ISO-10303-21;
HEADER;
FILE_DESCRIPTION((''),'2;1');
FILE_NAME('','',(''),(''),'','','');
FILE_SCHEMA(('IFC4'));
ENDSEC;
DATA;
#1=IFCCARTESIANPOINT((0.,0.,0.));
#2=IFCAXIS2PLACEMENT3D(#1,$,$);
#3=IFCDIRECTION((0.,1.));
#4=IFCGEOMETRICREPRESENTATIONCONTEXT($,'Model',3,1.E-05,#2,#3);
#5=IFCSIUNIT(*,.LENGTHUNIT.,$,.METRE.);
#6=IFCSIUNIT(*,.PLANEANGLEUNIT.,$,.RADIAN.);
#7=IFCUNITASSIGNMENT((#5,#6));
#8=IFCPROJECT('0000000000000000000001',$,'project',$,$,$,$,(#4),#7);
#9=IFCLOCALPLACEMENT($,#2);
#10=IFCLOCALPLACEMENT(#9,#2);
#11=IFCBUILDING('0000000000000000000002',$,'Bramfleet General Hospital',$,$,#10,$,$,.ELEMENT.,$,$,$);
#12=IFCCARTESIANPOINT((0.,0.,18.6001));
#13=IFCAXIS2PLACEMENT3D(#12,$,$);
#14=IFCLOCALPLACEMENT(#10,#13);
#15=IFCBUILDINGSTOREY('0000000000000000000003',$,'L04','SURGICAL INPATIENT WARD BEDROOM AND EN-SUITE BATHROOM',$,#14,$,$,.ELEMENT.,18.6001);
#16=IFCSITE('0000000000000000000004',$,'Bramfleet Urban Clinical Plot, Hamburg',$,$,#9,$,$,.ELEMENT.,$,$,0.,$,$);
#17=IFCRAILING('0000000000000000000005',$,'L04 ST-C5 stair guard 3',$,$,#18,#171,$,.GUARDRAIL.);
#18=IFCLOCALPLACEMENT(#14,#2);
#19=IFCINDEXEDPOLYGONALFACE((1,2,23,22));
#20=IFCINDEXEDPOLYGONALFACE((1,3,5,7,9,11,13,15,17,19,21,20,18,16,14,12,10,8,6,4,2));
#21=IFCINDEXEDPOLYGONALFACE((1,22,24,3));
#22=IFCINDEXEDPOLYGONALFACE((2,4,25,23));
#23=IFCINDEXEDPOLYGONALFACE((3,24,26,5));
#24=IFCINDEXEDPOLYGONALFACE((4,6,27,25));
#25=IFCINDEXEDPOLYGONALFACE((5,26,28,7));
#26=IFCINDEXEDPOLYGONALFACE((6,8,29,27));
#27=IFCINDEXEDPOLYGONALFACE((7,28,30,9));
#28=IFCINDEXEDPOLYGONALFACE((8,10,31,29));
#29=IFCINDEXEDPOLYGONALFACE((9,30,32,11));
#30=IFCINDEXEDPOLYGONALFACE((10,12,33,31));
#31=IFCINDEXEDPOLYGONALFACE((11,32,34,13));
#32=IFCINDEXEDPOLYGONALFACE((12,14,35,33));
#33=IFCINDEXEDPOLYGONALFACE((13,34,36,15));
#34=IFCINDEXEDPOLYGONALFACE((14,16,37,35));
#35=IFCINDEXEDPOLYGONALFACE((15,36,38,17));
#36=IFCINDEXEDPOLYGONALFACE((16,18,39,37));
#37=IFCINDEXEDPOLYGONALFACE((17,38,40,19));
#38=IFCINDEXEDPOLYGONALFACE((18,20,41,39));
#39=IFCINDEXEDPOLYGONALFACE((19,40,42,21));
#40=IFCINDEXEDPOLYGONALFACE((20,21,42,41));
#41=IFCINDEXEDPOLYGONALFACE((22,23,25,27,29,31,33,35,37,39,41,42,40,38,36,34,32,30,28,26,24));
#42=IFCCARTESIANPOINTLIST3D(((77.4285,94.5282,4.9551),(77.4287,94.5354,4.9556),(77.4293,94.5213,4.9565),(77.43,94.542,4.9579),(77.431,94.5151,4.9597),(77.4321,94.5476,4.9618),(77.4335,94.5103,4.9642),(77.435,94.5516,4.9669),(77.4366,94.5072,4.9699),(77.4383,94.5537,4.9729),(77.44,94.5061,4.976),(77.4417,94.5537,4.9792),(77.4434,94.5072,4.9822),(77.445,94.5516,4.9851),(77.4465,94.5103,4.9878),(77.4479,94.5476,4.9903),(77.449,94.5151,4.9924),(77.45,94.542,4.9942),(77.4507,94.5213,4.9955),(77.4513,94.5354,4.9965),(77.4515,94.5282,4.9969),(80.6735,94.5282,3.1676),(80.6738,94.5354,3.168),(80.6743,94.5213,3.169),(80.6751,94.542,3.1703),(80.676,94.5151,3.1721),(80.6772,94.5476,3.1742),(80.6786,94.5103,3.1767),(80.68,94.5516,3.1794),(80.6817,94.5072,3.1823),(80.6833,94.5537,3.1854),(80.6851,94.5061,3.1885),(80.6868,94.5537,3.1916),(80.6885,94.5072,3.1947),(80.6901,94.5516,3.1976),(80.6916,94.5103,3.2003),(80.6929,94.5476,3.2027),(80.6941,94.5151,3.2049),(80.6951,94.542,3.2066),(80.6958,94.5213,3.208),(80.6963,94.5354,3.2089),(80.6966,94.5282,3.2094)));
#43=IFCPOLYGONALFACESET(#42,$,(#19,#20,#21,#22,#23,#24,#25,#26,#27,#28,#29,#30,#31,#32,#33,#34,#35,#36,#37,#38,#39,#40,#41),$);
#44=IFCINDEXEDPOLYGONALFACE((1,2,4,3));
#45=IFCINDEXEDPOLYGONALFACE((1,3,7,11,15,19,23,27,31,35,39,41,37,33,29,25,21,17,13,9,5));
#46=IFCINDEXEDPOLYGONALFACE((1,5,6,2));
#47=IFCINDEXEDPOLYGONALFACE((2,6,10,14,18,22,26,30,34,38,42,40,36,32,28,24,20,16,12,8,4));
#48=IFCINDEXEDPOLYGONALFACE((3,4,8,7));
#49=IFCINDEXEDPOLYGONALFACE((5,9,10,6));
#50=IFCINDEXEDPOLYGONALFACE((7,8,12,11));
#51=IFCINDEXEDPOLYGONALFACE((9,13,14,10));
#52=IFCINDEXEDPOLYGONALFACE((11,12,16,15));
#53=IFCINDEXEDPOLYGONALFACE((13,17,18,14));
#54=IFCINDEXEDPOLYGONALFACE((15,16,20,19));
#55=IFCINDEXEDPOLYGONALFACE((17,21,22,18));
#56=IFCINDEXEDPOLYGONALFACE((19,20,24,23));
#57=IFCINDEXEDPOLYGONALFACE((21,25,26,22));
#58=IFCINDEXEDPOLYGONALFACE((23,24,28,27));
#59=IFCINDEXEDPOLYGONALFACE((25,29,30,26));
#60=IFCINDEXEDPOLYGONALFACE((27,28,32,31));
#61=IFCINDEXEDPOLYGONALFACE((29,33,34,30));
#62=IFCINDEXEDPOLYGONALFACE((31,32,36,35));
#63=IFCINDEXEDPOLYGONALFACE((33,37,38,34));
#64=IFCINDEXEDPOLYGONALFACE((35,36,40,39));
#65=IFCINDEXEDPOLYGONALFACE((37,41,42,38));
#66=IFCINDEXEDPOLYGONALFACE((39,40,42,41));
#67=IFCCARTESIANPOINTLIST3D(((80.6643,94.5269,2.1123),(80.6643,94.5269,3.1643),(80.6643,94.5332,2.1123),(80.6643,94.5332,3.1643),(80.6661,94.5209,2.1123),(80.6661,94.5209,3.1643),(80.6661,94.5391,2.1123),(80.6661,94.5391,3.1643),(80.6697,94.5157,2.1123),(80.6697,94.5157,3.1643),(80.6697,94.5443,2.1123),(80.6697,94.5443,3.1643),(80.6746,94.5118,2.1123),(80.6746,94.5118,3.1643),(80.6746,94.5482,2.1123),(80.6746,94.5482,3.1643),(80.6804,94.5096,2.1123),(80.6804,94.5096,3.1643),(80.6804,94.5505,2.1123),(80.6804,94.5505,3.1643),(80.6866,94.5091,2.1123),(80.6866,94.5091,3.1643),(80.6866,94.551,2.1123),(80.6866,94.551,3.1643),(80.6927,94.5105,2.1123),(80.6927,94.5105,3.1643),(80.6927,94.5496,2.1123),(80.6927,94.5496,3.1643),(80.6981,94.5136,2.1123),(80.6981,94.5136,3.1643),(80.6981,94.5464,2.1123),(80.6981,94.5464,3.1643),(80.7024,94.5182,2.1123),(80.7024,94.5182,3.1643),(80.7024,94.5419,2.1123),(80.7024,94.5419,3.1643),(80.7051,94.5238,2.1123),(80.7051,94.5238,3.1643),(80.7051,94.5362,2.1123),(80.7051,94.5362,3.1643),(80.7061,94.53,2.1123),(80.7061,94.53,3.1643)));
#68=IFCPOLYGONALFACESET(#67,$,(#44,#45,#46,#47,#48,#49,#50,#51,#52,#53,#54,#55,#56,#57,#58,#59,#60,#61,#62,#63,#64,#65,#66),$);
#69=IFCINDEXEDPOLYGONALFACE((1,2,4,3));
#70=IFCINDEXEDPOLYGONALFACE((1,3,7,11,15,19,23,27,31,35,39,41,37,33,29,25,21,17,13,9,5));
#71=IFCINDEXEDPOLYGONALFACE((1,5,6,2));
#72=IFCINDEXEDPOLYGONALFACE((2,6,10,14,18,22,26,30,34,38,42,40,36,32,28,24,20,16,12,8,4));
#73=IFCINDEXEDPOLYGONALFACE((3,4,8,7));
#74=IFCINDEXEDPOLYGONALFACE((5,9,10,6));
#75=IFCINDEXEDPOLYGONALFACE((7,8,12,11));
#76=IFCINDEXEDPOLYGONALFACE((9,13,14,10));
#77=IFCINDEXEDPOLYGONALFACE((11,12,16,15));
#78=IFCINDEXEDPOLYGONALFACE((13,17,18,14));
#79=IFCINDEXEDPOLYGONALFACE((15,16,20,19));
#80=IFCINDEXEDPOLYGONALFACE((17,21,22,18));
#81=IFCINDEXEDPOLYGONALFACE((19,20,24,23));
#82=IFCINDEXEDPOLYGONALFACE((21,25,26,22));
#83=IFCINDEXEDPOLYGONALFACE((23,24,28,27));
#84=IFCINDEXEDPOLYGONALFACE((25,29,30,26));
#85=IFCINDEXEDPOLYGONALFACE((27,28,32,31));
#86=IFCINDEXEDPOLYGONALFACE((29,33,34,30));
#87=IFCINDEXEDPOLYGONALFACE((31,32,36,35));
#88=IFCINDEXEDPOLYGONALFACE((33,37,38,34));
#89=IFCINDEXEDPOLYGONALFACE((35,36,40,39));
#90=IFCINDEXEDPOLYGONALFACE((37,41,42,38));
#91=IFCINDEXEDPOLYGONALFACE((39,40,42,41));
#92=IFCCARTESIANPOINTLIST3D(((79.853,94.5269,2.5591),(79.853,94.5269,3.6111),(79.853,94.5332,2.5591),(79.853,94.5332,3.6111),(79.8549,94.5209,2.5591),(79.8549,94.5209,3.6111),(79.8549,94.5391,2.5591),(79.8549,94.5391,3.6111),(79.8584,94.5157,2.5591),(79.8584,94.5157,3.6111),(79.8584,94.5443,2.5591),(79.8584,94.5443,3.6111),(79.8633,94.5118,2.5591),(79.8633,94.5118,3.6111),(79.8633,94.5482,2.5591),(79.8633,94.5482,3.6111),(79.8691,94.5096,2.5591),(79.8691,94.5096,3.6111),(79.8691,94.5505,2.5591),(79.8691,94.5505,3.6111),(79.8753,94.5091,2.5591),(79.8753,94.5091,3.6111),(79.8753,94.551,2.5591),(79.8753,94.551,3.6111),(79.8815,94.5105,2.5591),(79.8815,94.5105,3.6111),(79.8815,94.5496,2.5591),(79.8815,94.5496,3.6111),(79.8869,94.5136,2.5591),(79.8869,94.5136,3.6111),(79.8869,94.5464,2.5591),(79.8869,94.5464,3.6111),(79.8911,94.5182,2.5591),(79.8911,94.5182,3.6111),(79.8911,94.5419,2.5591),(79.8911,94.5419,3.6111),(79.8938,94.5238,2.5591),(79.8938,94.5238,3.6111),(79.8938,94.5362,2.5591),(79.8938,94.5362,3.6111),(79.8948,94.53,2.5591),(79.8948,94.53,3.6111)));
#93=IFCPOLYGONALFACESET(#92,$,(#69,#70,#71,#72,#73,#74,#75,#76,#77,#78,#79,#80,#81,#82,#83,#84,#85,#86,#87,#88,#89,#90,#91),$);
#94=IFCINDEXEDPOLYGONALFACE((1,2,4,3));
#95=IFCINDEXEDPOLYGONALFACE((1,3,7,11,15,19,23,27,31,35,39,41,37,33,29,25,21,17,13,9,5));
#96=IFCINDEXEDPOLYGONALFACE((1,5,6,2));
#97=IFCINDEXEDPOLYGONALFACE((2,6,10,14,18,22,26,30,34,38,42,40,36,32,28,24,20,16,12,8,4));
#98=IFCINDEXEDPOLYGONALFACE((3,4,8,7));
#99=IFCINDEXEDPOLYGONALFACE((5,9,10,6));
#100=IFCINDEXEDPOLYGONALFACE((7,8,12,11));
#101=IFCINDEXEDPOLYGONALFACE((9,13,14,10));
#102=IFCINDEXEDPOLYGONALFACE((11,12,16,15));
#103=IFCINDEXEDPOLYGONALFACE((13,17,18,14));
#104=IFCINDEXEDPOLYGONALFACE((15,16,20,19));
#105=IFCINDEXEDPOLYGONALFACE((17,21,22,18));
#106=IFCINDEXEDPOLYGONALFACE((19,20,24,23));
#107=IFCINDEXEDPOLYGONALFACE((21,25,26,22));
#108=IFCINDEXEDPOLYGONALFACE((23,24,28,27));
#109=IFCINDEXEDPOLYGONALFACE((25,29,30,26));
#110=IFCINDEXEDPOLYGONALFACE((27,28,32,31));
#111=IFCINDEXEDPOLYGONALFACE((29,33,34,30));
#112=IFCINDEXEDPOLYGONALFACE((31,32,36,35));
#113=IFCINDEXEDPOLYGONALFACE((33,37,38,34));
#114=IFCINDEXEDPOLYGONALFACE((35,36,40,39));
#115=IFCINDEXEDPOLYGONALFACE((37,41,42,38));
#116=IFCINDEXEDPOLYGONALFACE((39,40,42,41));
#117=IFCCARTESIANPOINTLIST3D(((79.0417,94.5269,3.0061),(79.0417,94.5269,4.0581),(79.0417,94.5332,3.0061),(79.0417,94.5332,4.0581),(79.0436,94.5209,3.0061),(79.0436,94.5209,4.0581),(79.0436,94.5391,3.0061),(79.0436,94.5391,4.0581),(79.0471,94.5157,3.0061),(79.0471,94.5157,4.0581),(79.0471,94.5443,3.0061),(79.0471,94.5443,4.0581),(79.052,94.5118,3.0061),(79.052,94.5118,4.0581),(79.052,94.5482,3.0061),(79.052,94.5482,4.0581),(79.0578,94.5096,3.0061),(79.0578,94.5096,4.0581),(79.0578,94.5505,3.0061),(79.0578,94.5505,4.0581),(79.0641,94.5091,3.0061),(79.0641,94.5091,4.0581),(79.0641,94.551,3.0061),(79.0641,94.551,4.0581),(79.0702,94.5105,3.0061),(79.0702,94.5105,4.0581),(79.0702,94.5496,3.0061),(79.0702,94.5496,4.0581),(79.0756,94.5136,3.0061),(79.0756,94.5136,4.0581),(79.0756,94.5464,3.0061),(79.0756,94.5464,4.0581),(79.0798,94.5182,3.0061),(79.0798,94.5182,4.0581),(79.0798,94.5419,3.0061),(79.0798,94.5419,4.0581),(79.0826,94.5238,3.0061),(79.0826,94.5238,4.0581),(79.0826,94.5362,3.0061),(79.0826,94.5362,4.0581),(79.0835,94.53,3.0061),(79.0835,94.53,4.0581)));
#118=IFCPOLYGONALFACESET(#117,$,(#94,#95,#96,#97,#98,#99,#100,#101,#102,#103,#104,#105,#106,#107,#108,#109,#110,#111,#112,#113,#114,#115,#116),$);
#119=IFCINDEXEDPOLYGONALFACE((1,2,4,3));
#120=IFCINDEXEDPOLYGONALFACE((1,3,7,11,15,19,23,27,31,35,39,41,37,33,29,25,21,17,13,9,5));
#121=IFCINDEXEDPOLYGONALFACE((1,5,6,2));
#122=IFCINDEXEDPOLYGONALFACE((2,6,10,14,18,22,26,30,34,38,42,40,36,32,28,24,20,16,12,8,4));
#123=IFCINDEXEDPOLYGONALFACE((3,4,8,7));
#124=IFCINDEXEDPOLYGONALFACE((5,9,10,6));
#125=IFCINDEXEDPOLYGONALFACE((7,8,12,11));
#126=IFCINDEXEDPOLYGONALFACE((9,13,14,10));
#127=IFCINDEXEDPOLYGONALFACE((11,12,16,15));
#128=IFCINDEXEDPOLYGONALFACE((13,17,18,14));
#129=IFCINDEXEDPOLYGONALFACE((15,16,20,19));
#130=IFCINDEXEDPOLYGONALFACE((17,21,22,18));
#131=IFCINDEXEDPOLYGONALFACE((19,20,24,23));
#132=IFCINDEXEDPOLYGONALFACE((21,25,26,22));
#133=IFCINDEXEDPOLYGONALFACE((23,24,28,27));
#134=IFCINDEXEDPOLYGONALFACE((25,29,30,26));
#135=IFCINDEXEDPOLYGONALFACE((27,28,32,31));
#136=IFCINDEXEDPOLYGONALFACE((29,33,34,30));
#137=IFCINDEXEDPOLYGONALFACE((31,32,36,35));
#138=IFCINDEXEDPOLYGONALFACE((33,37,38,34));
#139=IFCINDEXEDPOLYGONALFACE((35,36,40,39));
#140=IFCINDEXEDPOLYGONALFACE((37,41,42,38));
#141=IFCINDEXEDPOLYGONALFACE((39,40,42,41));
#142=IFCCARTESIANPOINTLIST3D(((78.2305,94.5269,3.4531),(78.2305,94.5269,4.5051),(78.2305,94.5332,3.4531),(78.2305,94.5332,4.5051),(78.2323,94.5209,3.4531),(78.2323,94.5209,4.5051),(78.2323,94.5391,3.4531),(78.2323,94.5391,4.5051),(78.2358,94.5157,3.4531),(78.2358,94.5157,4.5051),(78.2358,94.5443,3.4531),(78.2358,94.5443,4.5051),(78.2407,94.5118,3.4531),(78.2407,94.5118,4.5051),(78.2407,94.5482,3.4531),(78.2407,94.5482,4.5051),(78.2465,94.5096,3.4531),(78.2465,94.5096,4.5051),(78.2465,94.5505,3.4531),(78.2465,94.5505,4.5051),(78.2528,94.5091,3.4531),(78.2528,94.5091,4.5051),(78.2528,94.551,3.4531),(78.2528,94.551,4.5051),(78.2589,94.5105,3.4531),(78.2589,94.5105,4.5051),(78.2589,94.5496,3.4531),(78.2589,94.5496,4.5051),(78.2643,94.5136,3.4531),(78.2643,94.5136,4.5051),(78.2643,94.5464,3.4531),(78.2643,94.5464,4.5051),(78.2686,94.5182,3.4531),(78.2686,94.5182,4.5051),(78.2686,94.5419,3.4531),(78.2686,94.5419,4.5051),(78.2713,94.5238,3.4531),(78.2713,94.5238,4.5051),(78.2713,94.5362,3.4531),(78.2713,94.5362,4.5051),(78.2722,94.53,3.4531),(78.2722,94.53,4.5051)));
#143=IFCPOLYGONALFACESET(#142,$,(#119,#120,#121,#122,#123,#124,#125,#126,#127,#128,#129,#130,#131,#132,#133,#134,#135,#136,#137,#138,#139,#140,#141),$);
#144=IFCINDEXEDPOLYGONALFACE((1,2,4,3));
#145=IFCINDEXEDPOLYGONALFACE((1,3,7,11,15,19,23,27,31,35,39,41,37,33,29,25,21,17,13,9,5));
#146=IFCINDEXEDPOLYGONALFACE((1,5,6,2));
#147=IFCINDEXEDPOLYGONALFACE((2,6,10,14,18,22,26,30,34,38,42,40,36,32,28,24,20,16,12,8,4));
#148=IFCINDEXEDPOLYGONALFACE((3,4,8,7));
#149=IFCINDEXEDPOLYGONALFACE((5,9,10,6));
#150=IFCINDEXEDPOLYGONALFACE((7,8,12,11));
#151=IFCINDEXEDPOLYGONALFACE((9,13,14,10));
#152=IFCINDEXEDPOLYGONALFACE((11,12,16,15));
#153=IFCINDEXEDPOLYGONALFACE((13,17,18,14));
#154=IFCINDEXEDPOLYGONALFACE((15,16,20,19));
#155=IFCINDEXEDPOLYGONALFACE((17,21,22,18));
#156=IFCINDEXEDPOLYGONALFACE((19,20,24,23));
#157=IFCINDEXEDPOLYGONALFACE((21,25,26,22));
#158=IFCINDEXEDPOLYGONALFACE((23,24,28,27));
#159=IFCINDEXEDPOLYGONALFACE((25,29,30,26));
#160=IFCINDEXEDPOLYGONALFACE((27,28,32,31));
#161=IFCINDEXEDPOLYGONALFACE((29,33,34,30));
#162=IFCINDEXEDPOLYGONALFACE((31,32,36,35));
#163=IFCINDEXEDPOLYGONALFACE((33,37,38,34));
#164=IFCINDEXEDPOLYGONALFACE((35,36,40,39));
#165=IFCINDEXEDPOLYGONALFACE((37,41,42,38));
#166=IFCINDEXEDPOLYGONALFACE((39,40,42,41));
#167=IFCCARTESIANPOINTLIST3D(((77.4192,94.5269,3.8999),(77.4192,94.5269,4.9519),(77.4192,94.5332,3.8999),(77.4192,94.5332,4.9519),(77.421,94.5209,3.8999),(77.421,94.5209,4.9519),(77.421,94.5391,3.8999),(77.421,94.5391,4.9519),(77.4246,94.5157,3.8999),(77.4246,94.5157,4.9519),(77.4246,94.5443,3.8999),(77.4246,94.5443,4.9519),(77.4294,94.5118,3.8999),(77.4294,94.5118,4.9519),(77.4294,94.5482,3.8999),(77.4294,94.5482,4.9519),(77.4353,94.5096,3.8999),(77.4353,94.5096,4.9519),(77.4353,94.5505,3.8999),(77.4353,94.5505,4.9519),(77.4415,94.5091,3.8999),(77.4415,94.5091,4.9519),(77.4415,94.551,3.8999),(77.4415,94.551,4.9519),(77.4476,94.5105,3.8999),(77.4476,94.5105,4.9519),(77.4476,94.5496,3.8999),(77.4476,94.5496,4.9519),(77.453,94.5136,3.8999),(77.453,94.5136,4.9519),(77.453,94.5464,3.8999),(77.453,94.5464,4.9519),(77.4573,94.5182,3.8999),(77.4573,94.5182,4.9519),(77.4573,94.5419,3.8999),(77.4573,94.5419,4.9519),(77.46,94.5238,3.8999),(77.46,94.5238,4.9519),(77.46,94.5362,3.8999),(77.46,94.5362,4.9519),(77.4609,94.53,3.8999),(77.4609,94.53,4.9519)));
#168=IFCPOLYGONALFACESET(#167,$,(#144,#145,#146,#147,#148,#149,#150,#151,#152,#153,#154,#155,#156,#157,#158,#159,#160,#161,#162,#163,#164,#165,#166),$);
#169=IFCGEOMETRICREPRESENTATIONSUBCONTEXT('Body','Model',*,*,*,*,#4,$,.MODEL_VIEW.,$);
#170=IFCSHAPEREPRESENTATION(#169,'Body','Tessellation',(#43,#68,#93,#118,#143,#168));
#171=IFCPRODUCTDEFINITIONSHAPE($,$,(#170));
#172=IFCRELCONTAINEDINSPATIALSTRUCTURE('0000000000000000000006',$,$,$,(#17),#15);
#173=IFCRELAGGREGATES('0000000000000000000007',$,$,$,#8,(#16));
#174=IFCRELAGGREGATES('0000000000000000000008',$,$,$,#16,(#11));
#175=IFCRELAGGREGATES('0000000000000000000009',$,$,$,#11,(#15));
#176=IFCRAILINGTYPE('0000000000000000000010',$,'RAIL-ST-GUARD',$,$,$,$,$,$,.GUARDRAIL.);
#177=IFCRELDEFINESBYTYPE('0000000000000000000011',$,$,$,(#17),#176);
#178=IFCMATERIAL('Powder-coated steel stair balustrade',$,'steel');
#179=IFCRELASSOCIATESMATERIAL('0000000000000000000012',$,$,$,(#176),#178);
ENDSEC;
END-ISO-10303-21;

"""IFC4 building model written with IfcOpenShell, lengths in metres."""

from ifc_helpers import new_model, si_unit, direction, frame, origin, origin_2d, place, context, subcontext, project, spatial, circle, extrude, material, type_object, element, save


model = new_model("IFC4")

# Units and contexts
model_context = context("Model", 3, precision=1e-05, world=origin(), true_north=direction((0.0, 1.0)))
body_context = subcontext(model_context, "Body", "Model", "MODEL_VIEW")
ifc_project = project(units=[si_unit("LENGTHUNIT", "METRE"), si_unit("PLANEANGLEUNIT", "RADIAN")], contexts=[model_context])

# Site, building, storey
site_placement = place(None, origin())
site = spatial("IfcSite", under=ifc_project, at=site_placement, Name="Bramfleet Urban Clinical Plot, Hamburg", CompositionType="ELEMENT", RefElevation=0.0)
building_placement = place(site_placement, origin())
building = spatial("IfcBuilding", under=site, at=building_placement, Name="Bramfleet General Hospital", CompositionType="ELEMENT")
storey_placement = place(building_placement, frame((0.0, 0.0, 18.6001)))
storey = spatial("IfcBuildingStorey", under=building, at=storey_placement, Name="L04", Description="SURGICAL INPATIENT WARD BEDROOM AND EN-SUITE BATHROOM", CompositionType="ELEMENT", Elevation=18.6001)

# Railing
ifc_material_1 = material(Name="Powder-coated steel stair balustrade", Category="steel")
railing_type_1 = type_object("IfcRailingType", Name="RAIL-ST-GUARD", PredefinedType="GUARDRAIL", material=ifc_material_1)
railing_1_placement = place(storey_placement, frame((80.6851, 94.53, 2.1123)))
element("IfcRailing", 1, at=railing_1_placement, inside=storey, type_object=railing_type_1, Name="L04 ST-C5 stair guard 3", PredefinedType="GUARDRAIL", context=body_context, shape_type="SweptSolid", body=[
    extrude(circle(Radius=0.0239, at=origin_2d()), frame((0.0, 0.0, 1.0762), z_axis=(-0.875899, 0.0, 0.482495), x_axis=(0.0, -1.0, 0.0)), (0.0, 0.0, 1.0), 3.7048),
    extrude(circle(Radius=0.021, at=origin_2d()), origin(), (0.0, 0.0, 1.0), 1.052),
    extrude(circle(Radius=0.021, at=origin_2d()), frame((-0.8113, 0.0, 0.4468)), (0.0, 0.0, 1.0), 1.052),
    extrude(circle(Radius=0.021, at=origin_2d()), frame((-1.6226, 0.0, 0.8938)), (0.0, 0.0, 1.0), 1.052),
    extrude(circle(Radius=0.021, at=origin_2d()), frame((-2.4338, 0.0, 1.3408)), (0.0, 0.0, 1.0), 1.052),
    extrude(circle(Radius=0.021, at=origin_2d()), frame((-3.2451, 0.0, 1.7876)), (0.0, 0.0, 1.0), 1.052),
])

save(model, "model.ifc")
